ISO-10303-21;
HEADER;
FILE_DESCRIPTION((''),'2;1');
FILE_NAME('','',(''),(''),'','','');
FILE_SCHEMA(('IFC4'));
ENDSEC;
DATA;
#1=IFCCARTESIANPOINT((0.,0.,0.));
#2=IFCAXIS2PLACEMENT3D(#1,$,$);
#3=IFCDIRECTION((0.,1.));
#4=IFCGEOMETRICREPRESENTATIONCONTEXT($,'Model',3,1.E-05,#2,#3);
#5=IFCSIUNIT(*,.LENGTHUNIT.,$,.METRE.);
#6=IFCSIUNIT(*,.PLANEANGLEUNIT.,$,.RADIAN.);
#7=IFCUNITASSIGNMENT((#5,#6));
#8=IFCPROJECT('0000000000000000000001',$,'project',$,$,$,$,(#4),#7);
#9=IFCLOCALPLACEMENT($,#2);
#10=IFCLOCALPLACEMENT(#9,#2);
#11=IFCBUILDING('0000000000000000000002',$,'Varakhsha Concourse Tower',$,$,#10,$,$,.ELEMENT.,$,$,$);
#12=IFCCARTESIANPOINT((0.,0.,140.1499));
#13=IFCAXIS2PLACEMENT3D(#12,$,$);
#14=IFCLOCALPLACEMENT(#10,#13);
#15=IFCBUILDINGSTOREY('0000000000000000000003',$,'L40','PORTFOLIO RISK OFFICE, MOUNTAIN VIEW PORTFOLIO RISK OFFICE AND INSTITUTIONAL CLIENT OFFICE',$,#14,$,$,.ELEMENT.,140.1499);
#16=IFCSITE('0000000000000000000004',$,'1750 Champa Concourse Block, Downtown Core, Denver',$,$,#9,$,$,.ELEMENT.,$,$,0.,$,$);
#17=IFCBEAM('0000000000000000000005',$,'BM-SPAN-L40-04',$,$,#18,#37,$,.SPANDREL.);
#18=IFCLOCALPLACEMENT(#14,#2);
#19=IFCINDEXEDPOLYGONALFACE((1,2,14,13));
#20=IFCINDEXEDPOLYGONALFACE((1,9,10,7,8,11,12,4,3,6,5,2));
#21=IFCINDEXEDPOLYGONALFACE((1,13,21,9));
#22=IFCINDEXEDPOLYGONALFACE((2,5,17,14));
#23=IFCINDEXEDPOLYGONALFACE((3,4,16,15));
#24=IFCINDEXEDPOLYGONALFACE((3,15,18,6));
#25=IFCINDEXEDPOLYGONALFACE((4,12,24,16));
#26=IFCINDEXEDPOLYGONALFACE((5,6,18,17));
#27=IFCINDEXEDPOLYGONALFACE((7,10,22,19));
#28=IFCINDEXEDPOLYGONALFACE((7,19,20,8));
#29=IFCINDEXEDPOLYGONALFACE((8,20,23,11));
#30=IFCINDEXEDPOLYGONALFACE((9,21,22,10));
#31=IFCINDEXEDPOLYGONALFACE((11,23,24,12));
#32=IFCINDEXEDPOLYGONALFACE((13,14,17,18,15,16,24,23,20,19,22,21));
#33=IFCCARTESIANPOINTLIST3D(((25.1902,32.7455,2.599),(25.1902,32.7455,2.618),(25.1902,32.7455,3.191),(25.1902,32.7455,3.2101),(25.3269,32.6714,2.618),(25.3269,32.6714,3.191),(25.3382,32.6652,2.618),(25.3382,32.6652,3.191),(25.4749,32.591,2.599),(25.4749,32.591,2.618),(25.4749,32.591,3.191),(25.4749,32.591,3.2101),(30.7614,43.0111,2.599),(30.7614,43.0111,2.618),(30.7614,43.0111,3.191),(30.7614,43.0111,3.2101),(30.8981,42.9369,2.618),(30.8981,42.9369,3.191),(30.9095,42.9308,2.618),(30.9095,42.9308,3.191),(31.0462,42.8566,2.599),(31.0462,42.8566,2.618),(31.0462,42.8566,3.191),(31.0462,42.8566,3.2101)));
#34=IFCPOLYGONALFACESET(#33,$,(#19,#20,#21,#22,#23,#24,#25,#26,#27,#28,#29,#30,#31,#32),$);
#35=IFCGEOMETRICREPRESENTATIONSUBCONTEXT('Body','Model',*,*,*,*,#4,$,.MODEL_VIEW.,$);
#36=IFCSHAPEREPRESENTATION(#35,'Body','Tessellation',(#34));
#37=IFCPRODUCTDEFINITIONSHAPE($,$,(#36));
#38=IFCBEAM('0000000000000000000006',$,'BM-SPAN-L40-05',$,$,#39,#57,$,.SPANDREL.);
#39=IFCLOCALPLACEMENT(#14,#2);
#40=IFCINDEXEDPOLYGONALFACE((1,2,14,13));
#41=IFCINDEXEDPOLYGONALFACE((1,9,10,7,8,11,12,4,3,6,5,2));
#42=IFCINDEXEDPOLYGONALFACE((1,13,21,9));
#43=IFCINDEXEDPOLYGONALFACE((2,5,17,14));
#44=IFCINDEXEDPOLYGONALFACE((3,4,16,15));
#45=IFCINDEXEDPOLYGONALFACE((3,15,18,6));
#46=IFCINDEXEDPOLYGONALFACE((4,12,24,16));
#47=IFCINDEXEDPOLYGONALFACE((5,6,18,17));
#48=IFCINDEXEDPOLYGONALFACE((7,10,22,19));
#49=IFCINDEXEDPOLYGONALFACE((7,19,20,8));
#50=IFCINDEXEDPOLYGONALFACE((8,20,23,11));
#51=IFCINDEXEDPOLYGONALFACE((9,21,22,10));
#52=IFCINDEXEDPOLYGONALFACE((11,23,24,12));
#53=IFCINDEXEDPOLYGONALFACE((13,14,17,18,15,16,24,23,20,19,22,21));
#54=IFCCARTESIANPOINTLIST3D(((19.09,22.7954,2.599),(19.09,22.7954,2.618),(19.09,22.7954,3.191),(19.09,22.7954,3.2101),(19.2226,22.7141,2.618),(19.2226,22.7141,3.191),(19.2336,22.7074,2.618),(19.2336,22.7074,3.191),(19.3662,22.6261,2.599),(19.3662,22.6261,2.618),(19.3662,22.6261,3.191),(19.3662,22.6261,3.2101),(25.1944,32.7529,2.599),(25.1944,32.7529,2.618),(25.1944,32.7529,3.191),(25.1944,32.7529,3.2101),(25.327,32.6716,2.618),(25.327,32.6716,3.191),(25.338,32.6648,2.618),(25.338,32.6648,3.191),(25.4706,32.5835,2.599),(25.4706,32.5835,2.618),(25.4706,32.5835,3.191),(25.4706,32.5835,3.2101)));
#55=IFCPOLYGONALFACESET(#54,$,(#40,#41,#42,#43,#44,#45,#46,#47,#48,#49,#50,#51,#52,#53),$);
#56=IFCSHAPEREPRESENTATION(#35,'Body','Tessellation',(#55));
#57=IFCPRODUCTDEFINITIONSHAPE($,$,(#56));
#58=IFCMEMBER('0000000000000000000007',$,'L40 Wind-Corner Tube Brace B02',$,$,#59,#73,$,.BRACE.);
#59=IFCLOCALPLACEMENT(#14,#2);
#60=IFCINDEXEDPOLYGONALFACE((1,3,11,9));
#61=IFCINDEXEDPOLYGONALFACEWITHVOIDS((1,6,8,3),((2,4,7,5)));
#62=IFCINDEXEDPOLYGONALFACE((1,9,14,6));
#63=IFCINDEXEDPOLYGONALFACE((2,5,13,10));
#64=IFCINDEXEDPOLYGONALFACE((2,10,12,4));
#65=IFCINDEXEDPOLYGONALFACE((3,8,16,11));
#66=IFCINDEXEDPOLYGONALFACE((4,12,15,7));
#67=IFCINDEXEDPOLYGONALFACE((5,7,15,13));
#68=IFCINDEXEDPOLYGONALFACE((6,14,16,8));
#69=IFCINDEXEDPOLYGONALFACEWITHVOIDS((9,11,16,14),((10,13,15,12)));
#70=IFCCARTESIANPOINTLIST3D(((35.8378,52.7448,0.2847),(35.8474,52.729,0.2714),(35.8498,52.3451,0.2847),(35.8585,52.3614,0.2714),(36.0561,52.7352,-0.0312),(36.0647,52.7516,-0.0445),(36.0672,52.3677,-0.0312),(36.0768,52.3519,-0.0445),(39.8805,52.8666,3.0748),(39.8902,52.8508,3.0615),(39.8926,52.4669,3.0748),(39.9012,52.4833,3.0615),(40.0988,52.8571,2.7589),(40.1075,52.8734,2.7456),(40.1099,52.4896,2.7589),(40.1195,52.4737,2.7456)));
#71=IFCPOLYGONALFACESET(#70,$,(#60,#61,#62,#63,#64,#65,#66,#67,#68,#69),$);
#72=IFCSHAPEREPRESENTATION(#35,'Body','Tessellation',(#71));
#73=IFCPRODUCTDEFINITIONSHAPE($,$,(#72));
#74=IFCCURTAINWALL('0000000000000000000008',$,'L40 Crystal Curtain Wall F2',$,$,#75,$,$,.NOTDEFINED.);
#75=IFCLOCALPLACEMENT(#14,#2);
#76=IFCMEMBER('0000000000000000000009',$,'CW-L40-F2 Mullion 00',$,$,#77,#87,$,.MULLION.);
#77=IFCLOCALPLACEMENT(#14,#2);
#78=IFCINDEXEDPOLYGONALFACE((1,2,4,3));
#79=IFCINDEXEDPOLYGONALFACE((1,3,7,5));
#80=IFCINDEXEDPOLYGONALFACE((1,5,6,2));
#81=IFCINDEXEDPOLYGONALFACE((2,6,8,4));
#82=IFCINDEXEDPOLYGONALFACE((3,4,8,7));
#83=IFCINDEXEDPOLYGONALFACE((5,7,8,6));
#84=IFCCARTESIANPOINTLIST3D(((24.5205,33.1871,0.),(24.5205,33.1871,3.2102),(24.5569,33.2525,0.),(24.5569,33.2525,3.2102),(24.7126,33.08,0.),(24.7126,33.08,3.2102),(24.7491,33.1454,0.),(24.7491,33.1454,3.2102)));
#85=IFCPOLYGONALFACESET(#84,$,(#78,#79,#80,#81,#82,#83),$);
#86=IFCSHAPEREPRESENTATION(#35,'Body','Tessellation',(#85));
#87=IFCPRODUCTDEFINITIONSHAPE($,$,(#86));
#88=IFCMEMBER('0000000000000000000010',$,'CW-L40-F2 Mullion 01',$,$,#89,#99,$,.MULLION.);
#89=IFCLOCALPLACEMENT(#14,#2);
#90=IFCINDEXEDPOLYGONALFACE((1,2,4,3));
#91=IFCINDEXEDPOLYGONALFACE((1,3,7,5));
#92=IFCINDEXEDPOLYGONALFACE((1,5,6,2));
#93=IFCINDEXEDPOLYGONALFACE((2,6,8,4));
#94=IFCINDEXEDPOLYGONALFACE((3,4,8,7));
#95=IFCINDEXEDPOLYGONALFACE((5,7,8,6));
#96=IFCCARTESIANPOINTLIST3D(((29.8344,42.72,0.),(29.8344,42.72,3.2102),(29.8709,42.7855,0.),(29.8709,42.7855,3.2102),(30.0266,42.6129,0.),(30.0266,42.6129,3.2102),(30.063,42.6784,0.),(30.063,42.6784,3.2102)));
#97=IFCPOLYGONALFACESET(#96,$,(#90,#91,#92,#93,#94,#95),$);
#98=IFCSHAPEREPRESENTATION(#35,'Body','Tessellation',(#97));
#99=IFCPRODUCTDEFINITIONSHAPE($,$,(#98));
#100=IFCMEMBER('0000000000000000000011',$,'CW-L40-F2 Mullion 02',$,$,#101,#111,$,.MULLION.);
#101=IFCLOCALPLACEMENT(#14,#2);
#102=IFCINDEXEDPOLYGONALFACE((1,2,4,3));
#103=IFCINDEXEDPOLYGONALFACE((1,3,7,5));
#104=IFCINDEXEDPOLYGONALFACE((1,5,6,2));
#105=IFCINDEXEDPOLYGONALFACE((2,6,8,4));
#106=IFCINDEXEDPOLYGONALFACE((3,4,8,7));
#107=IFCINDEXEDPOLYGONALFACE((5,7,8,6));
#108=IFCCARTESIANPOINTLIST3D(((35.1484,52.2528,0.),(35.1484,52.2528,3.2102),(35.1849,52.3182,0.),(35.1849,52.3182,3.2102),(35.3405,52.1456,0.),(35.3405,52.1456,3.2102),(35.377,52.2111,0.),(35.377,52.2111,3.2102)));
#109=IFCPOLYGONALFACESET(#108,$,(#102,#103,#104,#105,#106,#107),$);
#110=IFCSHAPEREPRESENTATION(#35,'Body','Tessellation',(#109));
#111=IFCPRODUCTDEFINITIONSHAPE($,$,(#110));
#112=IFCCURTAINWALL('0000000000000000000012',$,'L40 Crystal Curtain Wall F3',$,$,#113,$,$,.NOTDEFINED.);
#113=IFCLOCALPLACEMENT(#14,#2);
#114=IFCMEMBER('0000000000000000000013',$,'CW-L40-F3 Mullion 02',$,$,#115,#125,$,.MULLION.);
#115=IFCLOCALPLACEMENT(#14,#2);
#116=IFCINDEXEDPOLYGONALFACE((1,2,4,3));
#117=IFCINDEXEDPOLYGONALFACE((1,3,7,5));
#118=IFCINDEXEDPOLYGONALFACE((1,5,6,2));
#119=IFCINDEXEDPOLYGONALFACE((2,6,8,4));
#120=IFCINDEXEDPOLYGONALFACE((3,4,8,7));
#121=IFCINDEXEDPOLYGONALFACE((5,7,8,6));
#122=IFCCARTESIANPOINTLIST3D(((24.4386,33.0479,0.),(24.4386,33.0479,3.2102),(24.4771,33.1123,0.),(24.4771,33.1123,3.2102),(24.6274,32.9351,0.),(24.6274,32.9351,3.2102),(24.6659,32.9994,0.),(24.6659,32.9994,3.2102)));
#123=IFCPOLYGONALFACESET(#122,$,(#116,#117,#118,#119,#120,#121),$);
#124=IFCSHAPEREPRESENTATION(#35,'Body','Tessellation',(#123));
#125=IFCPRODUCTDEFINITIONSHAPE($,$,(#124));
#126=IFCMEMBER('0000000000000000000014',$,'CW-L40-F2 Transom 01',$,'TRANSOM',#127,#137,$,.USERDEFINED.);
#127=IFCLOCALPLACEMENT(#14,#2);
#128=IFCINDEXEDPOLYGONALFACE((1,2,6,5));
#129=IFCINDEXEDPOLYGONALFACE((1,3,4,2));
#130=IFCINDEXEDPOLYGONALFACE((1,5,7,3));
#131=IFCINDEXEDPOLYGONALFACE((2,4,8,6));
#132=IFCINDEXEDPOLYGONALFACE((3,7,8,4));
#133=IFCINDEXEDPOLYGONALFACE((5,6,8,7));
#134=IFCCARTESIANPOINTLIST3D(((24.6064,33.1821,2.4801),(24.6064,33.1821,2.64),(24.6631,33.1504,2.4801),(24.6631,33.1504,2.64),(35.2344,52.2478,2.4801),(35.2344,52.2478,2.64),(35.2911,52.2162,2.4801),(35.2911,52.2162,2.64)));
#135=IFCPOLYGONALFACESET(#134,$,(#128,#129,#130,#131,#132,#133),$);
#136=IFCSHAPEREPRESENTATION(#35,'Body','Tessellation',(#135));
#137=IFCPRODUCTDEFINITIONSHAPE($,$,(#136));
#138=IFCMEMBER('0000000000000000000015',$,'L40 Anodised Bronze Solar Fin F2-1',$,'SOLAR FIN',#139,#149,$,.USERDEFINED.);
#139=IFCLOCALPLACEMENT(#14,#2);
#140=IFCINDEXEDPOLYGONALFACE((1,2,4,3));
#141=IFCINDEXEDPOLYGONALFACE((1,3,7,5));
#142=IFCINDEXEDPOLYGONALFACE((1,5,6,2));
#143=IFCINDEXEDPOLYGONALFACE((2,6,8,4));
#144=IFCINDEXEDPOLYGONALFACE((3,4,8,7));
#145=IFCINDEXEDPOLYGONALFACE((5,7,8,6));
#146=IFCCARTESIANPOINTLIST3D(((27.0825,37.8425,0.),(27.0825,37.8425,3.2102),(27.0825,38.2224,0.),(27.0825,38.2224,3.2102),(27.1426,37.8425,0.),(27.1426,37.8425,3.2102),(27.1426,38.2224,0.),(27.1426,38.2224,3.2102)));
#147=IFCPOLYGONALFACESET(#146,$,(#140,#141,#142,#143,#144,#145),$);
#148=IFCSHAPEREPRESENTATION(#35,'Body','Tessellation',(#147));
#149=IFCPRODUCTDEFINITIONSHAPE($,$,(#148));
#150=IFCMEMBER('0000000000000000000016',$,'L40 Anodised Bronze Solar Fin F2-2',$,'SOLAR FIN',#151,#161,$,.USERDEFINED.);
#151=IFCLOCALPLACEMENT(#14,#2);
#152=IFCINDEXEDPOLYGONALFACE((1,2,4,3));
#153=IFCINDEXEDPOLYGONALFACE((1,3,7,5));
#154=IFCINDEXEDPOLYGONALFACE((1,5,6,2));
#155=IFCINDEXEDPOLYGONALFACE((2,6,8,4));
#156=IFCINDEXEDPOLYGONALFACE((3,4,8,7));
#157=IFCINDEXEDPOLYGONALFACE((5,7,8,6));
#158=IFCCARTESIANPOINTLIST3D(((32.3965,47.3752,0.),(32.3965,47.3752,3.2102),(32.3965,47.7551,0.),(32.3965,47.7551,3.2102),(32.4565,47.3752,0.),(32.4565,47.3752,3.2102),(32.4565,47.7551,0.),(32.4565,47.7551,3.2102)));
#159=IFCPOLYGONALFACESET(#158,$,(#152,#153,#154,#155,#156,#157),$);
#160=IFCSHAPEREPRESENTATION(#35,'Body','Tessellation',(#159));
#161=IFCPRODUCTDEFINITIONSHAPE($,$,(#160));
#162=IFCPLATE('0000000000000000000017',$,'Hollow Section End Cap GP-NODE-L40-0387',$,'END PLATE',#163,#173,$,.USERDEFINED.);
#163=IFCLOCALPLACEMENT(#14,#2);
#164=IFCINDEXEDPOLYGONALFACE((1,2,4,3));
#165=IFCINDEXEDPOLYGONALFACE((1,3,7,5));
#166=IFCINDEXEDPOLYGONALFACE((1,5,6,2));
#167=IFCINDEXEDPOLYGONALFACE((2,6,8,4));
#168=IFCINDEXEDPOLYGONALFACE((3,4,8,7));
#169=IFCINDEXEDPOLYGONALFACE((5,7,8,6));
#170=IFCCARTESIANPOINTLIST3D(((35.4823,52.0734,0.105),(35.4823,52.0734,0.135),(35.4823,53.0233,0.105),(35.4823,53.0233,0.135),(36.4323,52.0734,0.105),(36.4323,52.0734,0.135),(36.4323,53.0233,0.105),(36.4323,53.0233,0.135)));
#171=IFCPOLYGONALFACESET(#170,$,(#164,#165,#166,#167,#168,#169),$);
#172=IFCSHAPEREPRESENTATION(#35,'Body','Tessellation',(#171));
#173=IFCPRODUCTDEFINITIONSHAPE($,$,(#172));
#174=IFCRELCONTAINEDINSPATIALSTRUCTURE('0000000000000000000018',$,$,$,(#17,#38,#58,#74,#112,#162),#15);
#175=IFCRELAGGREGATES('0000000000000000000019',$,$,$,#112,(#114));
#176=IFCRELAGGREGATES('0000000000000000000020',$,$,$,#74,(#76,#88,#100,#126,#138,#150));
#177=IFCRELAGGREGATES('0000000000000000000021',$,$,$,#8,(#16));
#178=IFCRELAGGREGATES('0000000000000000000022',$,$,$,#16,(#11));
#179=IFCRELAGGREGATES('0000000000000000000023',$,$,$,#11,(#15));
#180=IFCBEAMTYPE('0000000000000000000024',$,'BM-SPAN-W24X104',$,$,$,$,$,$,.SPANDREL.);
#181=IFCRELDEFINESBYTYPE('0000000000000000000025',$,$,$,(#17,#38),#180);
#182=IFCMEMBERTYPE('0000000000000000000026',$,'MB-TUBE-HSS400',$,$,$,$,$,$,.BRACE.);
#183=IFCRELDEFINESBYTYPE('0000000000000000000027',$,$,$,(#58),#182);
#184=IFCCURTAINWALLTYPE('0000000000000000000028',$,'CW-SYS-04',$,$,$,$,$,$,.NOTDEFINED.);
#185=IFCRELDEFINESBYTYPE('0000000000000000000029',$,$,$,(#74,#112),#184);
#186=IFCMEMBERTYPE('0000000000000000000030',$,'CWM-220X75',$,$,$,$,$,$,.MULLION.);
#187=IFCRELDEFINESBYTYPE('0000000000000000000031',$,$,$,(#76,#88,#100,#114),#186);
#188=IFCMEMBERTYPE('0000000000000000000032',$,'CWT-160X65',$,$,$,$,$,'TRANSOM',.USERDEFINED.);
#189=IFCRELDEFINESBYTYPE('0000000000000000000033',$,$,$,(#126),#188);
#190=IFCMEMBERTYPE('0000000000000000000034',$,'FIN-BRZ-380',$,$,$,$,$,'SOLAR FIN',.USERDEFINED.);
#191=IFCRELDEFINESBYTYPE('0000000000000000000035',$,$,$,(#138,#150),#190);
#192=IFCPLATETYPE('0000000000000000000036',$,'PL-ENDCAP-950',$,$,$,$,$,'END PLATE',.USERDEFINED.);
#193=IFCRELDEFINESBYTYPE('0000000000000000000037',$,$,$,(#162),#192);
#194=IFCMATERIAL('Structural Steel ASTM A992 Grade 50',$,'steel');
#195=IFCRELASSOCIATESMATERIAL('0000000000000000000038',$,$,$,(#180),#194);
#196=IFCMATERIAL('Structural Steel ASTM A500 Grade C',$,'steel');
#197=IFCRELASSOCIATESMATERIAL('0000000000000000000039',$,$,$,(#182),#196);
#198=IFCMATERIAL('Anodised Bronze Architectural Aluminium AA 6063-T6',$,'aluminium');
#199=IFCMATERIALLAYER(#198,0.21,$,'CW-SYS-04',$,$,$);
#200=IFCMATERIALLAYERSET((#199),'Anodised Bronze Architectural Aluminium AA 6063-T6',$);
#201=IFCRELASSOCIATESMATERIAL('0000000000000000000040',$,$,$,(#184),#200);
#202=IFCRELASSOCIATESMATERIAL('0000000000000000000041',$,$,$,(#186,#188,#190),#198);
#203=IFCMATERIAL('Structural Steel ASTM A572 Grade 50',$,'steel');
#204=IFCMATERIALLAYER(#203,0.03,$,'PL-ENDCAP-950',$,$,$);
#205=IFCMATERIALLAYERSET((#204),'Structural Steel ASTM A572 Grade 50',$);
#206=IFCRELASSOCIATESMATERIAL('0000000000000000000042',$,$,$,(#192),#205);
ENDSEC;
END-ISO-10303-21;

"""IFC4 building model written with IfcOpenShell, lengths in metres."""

from ifc_helpers import new_model, si_unit, direction, frame, origin, origin_2d, place, context, subcontext, project, spatial, rectangle, hollow_rectangle, i_section, extrude, source, transform, mapped, material, layer, layer_set, material_profile, profile_set, type_object, type_shapes, element, aggregate, save


model = new_model("IFC4")

# Units and contexts
model_context = context("Model", 3, precision=1e-05, world=origin(), true_north=direction((0.0, 1.0)))
body_context = subcontext(model_context, "Body", "Model", "MODEL_VIEW")
ifc_project = project(units=[si_unit("LENGTHUNIT", "METRE"), si_unit("PLANEANGLEUNIT", "RADIAN")], contexts=[model_context])

# Site, building, storey
site_placement = place(None, origin())
site = spatial("IfcSite", under=ifc_project, at=site_placement, Name="1750 Champa Concourse Block, Downtown Core, Denver", CompositionType="ELEMENT", RefElevation=0.0)
building_placement = place(site_placement, origin())
building = spatial("IfcBuilding", under=site, at=building_placement, Name="Varakhsha Concourse Tower", CompositionType="ELEMENT")
storey_placement = place(building_placement, frame((0.0, 0.0, 140.1499)))
storey = spatial("IfcBuildingStorey", under=building, at=storey_placement, Name="L40", Description="PORTFOLIO RISK OFFICE, MOUNTAIN VIEW PORTFOLIO RISK OFFICE AND INSTITUTIONAL CLIENT OFFICE", CompositionType="ELEMENT", Elevation=140.1499)

# Shared definitions
ifc_material_1 = material(Name="Structural Steel ASTM A992 Grade 50", Category="steel")
ifc_material_2 = material(Name="Structural Steel ASTM A572 Grade 50", Category="steel")

# Beams
ifc_material_profile_1 = material_profile(ifc_material_1, i_section(OverallWidth=0.324, OverallDepth=0.6111, WebThickness=0.0129, FlangeThickness=0.019, at=origin_2d()), Name="W24X104")
ifc_profile_set_1 = profile_set([ifc_material_profile_1], Name="Structural Steel ASTM A992 Grade 50")
beam_type_1 = type_object("IfcBeamType", Name="BM-SPAN-W24X104", PredefinedType="SPANDREL", material=ifc_profile_set_1)
beam_1_placement = place(storey_placement, frame((30.9038, 42.9338, 2.9045), z_axis=(-0.476994, -0.878907, 0.0), x_axis=(0.878907, -0.476994, 0.0)))
element("IfcBeam", 1, at=beam_1_placement, inside=storey, type_object=beam_type_1, Name="BM-SPAN-L40-04", PredefinedType="SPANDREL", context=body_context, shape_type="SweptSolid", body=[
    extrude(i_section(OverallWidth=0.324, OverallDepth=0.6111, WebThickness=0.0129, FlangeThickness=0.019, at=origin_2d()), origin(), (0.0, 0.0, 1.0), 11.6799),
])
beam_2_placement = place(storey_placement, frame((25.3325, 32.6682, 2.9045), z_axis=(-0.522655, -0.852544, 0.0), x_axis=(0.852544, -0.522655, 0.0)))
element("IfcBeam", 2, at=beam_2_placement, inside=storey, type_object=beam_type_1, Name="BM-SPAN-L40-05", PredefinedType="SPANDREL", context=body_context, shape_type="SweptSolid", body=[
    extrude(i_section(OverallWidth=0.324, OverallDepth=0.6111, WebThickness=0.0129, FlangeThickness=0.019, at=origin_2d()), origin(), (0.0, 0.0, 1.0), 11.6797),
])

# Member
ifc_material_3 = material(Name="Structural Steel ASTM A500 Grade C", Category="steel")
ifc_material_profile_2 = material_profile(ifc_material_3, hollow_rectangle(XDim=0.3999, YDim=0.3999, WallThickness=0.0161, at=origin_2d()), Name="HSS 400x400x16")
ifc_profile_set_2 = profile_set([ifc_material_profile_2], Name="Structural Steel ASTM A500 Grade C")
member_type_1 = type_object("IfcMemberType", Name="MB-TUBE-HSS400", PredefinedType="BRACE", material=ifc_profile_set_2)
shared_shape_1 = source(origin(), body_context, "Body", "SweptSolid", [
    extrude(hollow_rectangle(XDim=0.3999, YDim=0.3999, WallThickness=0.0161, at=origin_2d()), origin(), (0.0, 0.0, 1.0), 4.9136),
])
type_shapes(member_type_1, [shared_shape_1])
member_1_placement = place(storey_placement, frame((35.9573, 52.5483, 0.1201), z_axis=(0.822774, 0.024794, 0.567828), x_axis=(-0.030121, 0.999546, 0.0)))
element("IfcMember", 3, at=member_1_placement, inside=storey, type_object=member_type_1, Name="L40 Wind-Corner Tube Brace B02", PredefinedType="BRACE", context=body_context, shape_type="MappedRepresentation", body=[
    mapped(shared_shape_1, transform((0.0, 0.0, 0.0), scale=1.0)),
])

# Curtain wall, members
ifc_material_4 = material(Name="Anodised Bronze Architectural Aluminium AA 6063-T6", Category="aluminium")
ifc_layer_1 = layer(ifc_material_4, 0.21, Name="CW-SYS-04")
ifc_layer_set_1 = layer_set([ifc_layer_1], Name="Anodised Bronze Architectural Aluminium AA 6063-T6")
curtain_wall_type = type_object("IfcCurtainWallType", Name="CW-SYS-04", PredefinedType="NOTDEFINED", material=ifc_layer_set_1)
curtain_wall_1_placement = place(storey_placement, origin())
curtain_wall_1 = element("IfcCurtainWall", 4, at=curtain_wall_1_placement, inside=storey, type_object=curtain_wall_type, Name="L40 Crystal Curtain Wall F2", PredefinedType="NOTDEFINED")
ifc_material_profile_3 = material_profile(ifc_material_4, rectangle(XDim=0.075, YDim=0.22, at=origin_2d()), Name="CWM-220X75")
ifc_profile_set_3 = profile_set([ifc_material_profile_3], Name="Anodised Bronze Architectural Aluminium AA 6063-T6")
member_type_2 = type_object("IfcMemberType", Name="CWM-220X75", PredefinedType="MULLION", material=ifc_profile_set_3)
shared_shape_2 = source(origin(), body_context, "Body", "SweptSolid", [
    extrude(rectangle(XDim=0.075, YDim=0.22, at=origin_2d()), origin(), (0.0, 0.0, 1.0), 3.2102),
])
type_shapes(member_type_2, [shared_shape_2])
member_2_placement = place(storey_placement, frame((24.6348, 33.1663, 0.0), z_axis=(0.0, 0.0, 1.0), x_axis=(0.4869, 0.873458, 0.0)))
member_2 = element("IfcMember", 5, at=member_2_placement, type_object=member_type_2, Name="CW-L40-F2 Mullion 00", PredefinedType="MULLION", context=body_context, shape_type="MappedRepresentation", body=[
    mapped(shared_shape_2, transform((0.0, 0.0, 0.0), scale=1.0)),
])
member_3_placement = place(storey_placement, frame((29.9487, 42.6992, 0.0), z_axis=(0.0, 0.0, 1.0), x_axis=(0.4869, 0.873458, 0.0)))
member_3 = element("IfcMember", 6, at=member_3_placement, type_object=member_type_2, Name="CW-L40-F2 Mullion 01", PredefinedType="MULLION", context=body_context, shape_type="MappedRepresentation", body=[
    mapped(shared_shape_2, transform((0.0, 0.0, 0.0), scale=1.0)),
])
member_4_placement = place(storey_placement, frame((35.2627, 52.2319, 0.0), z_axis=(0.0, 0.0, 1.0), x_axis=(0.4869, 0.873458, 0.0)))
member_4 = element("IfcMember", 7, at=member_4_placement, type_object=member_type_2, Name="CW-L40-F2 Mullion 02", PredefinedType="MULLION", context=body_context, shape_type="MappedRepresentation", body=[
    mapped(shared_shape_2, transform((0.0, 0.0, 0.0), scale=1.0)),
])

# Curtain wall, member
curtain_wall_2_placement = place(storey_placement, origin())
curtain_wall_2 = element("IfcCurtainWall", 8, at=curtain_wall_2_placement, inside=storey, type_object=curtain_wall_type, Name="L40 Crystal Curtain Wall F3", PredefinedType="NOTDEFINED")
member_5_placement = place(storey_placement, frame((24.5522, 33.0237, 0.0), z_axis=(0.0, 0.0, 1.0), x_axis=(0.512984, 0.858398, 0.0)))
member_5 = element("IfcMember", 9, at=member_5_placement, type_object=member_type_2, Name="CW-L40-F3 Mullion 02", PredefinedType="MULLION", context=body_context, shape_type="MappedRepresentation", body=[
    mapped(shared_shape_2, transform((0.0, 0.0, 0.0), scale=1.0)),
])
aggregate(curtain_wall_2, [member_5])

# Members
ifc_material_profile_4 = material_profile(ifc_material_4, rectangle(XDim=0.0649, YDim=0.1599, at=origin_2d()), Name="CWT-160X65")
ifc_profile_set_4 = profile_set([ifc_material_profile_4], Name="Anodised Bronze Architectural Aluminium AA 6063-T6")
member_type_3 = type_object("IfcMemberType", Name="CWT-160X65", ElementType="TRANSOM", PredefinedType="USERDEFINED", material=ifc_profile_set_4)
shared_shape_3 = source(origin(), body_context, "Body", "SweptSolid", [
    extrude(rectangle(XDim=0.0649, YDim=0.1599, at=origin_2d()), origin(), (0.0, 0.0, 1.0), 21.8279),
])
type_shapes(member_type_3, [shared_shape_3])
member_6_placement = place(storey_placement, frame((24.6348, 33.1663, 2.5601), z_axis=(0.486899, 0.873458, 0.0), x_axis=(-0.873458, 0.486899, 0.0)))
member_6 = element("IfcMember", 10, at=member_6_placement, type_object=member_type_3, Name="CW-L40-F2 Transom 01", ObjectType="TRANSOM", PredefinedType="USERDEFINED", context=body_context, shape_type="MappedRepresentation", body=[
    mapped(shared_shape_3, transform((0.0, 0.0, 0.0), scale=1.0)),
])
ifc_material_profile_5 = material_profile(ifc_material_4, rectangle(XDim=0.0601, YDim=0.3799, at=origin_2d()), Name="FIN-BRZ-380")
ifc_profile_set_5 = profile_set([ifc_material_profile_5], Name="Anodised Bronze Architectural Aluminium AA 6063-T6")
member_type_4 = type_object("IfcMemberType", Name="FIN-BRZ-380", ElementType="SOLAR FIN", PredefinedType="USERDEFINED", material=ifc_profile_set_5)
shared_shape_4 = source(origin(), body_context, "Body", "SweptSolid", [
    extrude(rectangle(XDim=0.0601, YDim=0.3799, at=origin_2d()), origin(), (0.0, 0.0, 1.0), 3.2102),
])
type_shapes(member_type_4, [shared_shape_4])
member_7_placement = place(storey_placement, frame((27.1125, 38.0325, 0.0), z_axis=(0.0, 0.0, 1.0), x_axis=(1.0, 0.0, 0.0)))
member_7 = element("IfcMember", 11, at=member_7_placement, type_object=member_type_4, Name="L40 Anodised Bronze Solar Fin F2-1", ObjectType="SOLAR FIN", PredefinedType="USERDEFINED", context=body_context, shape_type="MappedRepresentation", body=[
    mapped(shared_shape_4, transform((0.0, 0.0, 0.0), scale=1.0)),
])
member_8_placement = place(storey_placement, frame((32.4265, 47.5652, 0.0), z_axis=(0.0, 0.0, 1.0), x_axis=(1.0, 0.0, 0.0)))
member_8 = element("IfcMember", 12, at=member_8_placement, type_object=member_type_4, Name="L40 Anodised Bronze Solar Fin F2-2", ObjectType="SOLAR FIN", PredefinedType="USERDEFINED", context=body_context, shape_type="MappedRepresentation", body=[
    mapped(shared_shape_4, transform((0.0, 0.0, 0.0), scale=1.0)),
])

# Plate
ifc_layer_2 = layer(ifc_material_2, 0.03, Name="PL-ENDCAP-950")
ifc_layer_set_2 = layer_set([ifc_layer_2], Name="Structural Steel ASTM A572 Grade 50")
plate_type_1 = type_object("IfcPlateType", Name="PL-ENDCAP-950", ElementType="END PLATE", PredefinedType="USERDEFINED", material=ifc_layer_set_2)
shared_shape_5 = source(origin(), body_context, "Body", "SweptSolid", [
    extrude(rectangle(XDim=0.95, YDim=0.95, at=origin_2d()), origin(), (0.0, 0.0, 1.0), 0.03),
])
type_shapes(plate_type_1, [shared_shape_5])
plate_1_placement = place(storey_placement, frame((35.9573, 52.5483, 0.105), z_axis=(0.0, 0.0, 1.0), x_axis=(1.0, 0.0, 0.0)))
element("IfcPlate", 13, at=plate_1_placement, inside=storey, type_object=plate_type_1, Name="Hollow Section End Cap GP-NODE-L40-0387", ObjectType="END PLATE", PredefinedType="USERDEFINED", context=body_context, shape_type="MappedRepresentation", body=[
    mapped(shared_shape_5, transform((0.0, 0.0, 0.0), scale=1.0)),
])
aggregate(curtain_wall_1, [member_2, member_3, member_4, member_6, member_7, member_8])

save(model, "model.ifc")
